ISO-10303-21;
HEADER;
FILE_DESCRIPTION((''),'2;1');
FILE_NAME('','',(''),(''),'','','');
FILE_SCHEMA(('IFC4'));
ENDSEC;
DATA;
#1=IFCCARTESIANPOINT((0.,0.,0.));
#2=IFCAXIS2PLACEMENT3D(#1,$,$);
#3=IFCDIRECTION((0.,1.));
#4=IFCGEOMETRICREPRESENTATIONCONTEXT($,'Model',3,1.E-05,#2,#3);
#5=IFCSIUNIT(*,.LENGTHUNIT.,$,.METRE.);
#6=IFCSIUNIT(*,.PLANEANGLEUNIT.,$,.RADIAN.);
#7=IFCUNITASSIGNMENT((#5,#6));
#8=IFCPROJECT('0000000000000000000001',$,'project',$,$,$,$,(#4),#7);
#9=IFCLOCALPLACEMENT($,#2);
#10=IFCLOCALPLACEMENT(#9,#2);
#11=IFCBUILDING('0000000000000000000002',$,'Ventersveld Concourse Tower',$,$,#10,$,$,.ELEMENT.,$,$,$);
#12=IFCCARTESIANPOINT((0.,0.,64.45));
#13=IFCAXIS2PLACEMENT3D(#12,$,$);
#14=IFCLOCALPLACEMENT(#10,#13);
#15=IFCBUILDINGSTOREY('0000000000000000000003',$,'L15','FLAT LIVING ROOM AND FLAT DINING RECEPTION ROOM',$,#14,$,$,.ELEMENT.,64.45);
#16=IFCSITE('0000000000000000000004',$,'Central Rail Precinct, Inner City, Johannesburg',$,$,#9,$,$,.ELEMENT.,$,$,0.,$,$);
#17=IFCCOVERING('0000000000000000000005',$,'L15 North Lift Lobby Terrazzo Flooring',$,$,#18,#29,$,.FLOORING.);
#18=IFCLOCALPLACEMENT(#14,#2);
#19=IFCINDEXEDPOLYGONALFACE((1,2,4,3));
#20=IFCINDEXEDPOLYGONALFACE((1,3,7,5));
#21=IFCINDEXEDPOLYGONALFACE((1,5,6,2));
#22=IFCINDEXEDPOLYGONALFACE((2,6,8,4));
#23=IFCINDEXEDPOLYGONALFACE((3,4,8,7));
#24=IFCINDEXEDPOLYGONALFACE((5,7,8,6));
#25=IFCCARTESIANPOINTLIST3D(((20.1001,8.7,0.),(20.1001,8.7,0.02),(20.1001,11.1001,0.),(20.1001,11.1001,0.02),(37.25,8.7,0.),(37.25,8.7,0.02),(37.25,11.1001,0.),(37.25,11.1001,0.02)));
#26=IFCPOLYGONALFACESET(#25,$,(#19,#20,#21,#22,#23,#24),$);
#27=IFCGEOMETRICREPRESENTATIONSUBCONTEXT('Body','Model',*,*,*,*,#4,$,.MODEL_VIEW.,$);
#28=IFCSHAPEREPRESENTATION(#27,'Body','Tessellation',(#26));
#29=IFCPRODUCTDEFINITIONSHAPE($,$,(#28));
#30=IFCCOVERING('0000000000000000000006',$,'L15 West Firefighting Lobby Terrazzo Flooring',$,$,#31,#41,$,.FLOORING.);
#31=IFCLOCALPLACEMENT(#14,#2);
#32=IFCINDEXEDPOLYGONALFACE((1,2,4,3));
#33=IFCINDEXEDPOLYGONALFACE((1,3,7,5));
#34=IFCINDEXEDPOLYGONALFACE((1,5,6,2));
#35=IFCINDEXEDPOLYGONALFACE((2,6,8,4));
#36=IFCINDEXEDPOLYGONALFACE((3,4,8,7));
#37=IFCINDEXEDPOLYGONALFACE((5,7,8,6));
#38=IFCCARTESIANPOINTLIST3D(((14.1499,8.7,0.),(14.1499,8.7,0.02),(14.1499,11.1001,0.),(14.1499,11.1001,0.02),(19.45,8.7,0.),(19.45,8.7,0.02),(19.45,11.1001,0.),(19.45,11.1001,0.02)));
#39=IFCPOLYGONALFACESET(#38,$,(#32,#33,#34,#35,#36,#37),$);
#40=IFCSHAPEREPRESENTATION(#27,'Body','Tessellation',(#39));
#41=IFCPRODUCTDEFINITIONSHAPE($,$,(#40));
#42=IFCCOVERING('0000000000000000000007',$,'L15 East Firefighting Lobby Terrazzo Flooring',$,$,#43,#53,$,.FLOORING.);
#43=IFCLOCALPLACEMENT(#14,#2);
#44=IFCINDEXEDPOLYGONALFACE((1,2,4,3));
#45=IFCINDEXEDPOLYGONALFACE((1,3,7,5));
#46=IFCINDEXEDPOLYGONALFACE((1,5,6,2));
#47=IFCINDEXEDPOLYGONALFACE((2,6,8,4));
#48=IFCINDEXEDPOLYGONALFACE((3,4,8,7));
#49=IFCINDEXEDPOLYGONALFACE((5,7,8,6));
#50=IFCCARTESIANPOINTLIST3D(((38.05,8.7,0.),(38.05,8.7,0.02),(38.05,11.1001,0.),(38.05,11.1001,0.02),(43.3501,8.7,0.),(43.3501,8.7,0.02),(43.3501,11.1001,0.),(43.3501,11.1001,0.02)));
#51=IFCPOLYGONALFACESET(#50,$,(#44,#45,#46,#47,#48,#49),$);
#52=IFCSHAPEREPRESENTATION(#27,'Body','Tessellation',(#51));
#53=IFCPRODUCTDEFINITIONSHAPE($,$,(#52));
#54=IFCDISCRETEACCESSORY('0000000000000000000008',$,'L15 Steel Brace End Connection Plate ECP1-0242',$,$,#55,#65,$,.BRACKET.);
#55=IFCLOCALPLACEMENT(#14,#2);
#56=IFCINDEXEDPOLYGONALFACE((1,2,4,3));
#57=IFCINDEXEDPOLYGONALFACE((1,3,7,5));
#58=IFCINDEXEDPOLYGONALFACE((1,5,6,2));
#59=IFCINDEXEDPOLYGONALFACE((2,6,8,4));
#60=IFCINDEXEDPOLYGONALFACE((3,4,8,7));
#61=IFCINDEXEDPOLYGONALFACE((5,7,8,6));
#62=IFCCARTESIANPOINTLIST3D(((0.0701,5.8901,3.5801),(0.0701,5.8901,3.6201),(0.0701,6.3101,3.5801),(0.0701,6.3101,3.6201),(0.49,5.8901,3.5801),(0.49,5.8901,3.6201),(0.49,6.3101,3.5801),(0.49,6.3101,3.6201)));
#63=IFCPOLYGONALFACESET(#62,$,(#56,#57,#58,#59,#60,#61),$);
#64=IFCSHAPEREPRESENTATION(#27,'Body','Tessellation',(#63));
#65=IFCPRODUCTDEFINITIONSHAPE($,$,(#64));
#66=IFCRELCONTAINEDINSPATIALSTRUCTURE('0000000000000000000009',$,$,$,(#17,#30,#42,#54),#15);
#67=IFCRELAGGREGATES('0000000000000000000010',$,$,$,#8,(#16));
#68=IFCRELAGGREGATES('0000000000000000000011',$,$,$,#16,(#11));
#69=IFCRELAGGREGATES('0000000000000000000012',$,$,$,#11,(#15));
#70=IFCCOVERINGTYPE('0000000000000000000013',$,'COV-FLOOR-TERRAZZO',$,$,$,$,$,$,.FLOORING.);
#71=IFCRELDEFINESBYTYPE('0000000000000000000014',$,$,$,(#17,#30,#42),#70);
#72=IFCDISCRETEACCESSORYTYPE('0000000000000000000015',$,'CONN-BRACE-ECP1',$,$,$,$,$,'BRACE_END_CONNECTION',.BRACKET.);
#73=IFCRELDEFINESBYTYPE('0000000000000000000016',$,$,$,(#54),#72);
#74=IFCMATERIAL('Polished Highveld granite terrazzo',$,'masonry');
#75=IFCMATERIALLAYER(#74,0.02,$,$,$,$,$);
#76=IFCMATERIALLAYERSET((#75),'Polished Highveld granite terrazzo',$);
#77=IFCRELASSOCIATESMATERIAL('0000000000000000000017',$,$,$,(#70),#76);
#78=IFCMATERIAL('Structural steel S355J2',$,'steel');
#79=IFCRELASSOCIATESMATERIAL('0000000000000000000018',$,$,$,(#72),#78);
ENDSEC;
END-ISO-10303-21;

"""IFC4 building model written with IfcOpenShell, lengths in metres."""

from ifc_helpers import new_model, si_unit, direction, frame, origin, origin_2d, place, context, subcontext, project, spatial, polyline, rectangle, outline, extrude, material, layer, layer_set, type_object, element, save


model = new_model("IFC4")

# Units and contexts
model_context = context("Model", 3, precision=1e-05, world=origin(), true_north=direction((0.0, 1.0)))
body_context = subcontext(model_context, "Body", "Model", "MODEL_VIEW")
ifc_project = project(units=[si_unit("LENGTHUNIT", "METRE"), si_unit("PLANEANGLEUNIT", "RADIAN")], contexts=[model_context])

# Site, building, storey
site_placement = place(None, origin())
site = spatial("IfcSite", under=ifc_project, at=site_placement, Name="Central Rail Precinct, Inner City, Johannesburg", CompositionType="ELEMENT", RefElevation=0.0)
building_placement = place(site_placement, origin())
building = spatial("IfcBuilding", under=site, at=building_placement, Name="Ventersveld Concourse Tower", CompositionType="ELEMENT")
storey_placement = place(building_placement, frame((0.0, 0.0, 64.45)))
storey = spatial("IfcBuildingStorey", under=building, at=storey_placement, Name="L15", Description="FLAT LIVING ROOM AND FLAT DINING RECEPTION ROOM", CompositionType="ELEMENT", Elevation=64.45)

# Shared definitions
ifc_material_1 = material(Name="Structural steel S355J2", Category="steel")

# Coverings
ifc_material_2 = material(Name="Polished Highveld granite terrazzo", Category="masonry")
ifc_layer_1 = layer(ifc_material_2, 0.02)
ifc_layer_set_1 = layer_set([ifc_layer_1], Name="Polished Highveld granite terrazzo")
covering_type_1 = type_object("IfcCoveringType", Name="COV-FLOOR-TERRAZZO", PredefinedType="FLOORING", material=ifc_layer_set_1)
covering_1_placement = place(storey_placement, origin())
element("IfcCovering", 1, at=covering_1_placement, inside=storey, type_object=covering_type_1, Name="L15 North Lift Lobby Terrazzo Flooring", PredefinedType="FLOORING", context=body_context, shape_type="SweptSolid", body=[
    extrude(outline(polyline([(20.1001, 8.7), (37.25, 8.7), (37.25, 11.1001), (20.1001, 11.1001), (20.1001, 8.7)])), origin(), (0.0, 0.0, 1.0), 0.02),
])
covering_2_placement = place(storey_placement, origin())
element("IfcCovering", 2, at=covering_2_placement, inside=storey, type_object=covering_type_1, Name="L15 West Firefighting Lobby Terrazzo Flooring", PredefinedType="FLOORING", context=body_context, shape_type="SweptSolid", body=[
    extrude(outline(polyline([(14.1499, 8.7), (19.45, 8.7), (19.45, 11.1001), (14.1499, 11.1001), (14.1499, 8.7)])), origin(), (0.0, 0.0, 1.0), 0.02),
])
covering_3_placement = place(storey_placement, origin())
element("IfcCovering", 3, at=covering_3_placement, inside=storey, type_object=covering_type_1, Name="L15 East Firefighting Lobby Terrazzo Flooring", PredefinedType="FLOORING", context=body_context, shape_type="SweptSolid", body=[
    extrude(outline(polyline([(38.05, 8.7), (43.3501, 8.7), (43.3501, 11.1001), (38.05, 11.1001), (38.05, 8.7)])), origin(), (0.0, 0.0, 1.0), 0.02),
])

# Discrete accessory
discrete_accessory_type = type_object("IfcDiscreteAccessoryType", Name="CONN-BRACE-ECP1", ElementType="BRACE_END_CONNECTION", PredefinedType="BRACKET", material=ifc_material_1)
discrete_accessory_placement = place(storey_placement, frame((0.28, 6.1001, 3.5801), z_axis=(0.0, 0.0, 1.0), x_axis=(1.0, 0.0, 0.0)))
element("IfcDiscreteAccessory", 4, at=discrete_accessory_placement, inside=storey, type_object=discrete_accessory_type, Name="L15 Steel Brace End Connection Plate ECP1-0242", PredefinedType="BRACKET", context=body_context, shape_type="SweptSolid", body=[
    extrude(rectangle(XDim=0.4199, YDim=0.4199, at=origin_2d()), origin(), (0.0, 0.0, 1.0), 0.04),
])

save(model, "model.ifc")
